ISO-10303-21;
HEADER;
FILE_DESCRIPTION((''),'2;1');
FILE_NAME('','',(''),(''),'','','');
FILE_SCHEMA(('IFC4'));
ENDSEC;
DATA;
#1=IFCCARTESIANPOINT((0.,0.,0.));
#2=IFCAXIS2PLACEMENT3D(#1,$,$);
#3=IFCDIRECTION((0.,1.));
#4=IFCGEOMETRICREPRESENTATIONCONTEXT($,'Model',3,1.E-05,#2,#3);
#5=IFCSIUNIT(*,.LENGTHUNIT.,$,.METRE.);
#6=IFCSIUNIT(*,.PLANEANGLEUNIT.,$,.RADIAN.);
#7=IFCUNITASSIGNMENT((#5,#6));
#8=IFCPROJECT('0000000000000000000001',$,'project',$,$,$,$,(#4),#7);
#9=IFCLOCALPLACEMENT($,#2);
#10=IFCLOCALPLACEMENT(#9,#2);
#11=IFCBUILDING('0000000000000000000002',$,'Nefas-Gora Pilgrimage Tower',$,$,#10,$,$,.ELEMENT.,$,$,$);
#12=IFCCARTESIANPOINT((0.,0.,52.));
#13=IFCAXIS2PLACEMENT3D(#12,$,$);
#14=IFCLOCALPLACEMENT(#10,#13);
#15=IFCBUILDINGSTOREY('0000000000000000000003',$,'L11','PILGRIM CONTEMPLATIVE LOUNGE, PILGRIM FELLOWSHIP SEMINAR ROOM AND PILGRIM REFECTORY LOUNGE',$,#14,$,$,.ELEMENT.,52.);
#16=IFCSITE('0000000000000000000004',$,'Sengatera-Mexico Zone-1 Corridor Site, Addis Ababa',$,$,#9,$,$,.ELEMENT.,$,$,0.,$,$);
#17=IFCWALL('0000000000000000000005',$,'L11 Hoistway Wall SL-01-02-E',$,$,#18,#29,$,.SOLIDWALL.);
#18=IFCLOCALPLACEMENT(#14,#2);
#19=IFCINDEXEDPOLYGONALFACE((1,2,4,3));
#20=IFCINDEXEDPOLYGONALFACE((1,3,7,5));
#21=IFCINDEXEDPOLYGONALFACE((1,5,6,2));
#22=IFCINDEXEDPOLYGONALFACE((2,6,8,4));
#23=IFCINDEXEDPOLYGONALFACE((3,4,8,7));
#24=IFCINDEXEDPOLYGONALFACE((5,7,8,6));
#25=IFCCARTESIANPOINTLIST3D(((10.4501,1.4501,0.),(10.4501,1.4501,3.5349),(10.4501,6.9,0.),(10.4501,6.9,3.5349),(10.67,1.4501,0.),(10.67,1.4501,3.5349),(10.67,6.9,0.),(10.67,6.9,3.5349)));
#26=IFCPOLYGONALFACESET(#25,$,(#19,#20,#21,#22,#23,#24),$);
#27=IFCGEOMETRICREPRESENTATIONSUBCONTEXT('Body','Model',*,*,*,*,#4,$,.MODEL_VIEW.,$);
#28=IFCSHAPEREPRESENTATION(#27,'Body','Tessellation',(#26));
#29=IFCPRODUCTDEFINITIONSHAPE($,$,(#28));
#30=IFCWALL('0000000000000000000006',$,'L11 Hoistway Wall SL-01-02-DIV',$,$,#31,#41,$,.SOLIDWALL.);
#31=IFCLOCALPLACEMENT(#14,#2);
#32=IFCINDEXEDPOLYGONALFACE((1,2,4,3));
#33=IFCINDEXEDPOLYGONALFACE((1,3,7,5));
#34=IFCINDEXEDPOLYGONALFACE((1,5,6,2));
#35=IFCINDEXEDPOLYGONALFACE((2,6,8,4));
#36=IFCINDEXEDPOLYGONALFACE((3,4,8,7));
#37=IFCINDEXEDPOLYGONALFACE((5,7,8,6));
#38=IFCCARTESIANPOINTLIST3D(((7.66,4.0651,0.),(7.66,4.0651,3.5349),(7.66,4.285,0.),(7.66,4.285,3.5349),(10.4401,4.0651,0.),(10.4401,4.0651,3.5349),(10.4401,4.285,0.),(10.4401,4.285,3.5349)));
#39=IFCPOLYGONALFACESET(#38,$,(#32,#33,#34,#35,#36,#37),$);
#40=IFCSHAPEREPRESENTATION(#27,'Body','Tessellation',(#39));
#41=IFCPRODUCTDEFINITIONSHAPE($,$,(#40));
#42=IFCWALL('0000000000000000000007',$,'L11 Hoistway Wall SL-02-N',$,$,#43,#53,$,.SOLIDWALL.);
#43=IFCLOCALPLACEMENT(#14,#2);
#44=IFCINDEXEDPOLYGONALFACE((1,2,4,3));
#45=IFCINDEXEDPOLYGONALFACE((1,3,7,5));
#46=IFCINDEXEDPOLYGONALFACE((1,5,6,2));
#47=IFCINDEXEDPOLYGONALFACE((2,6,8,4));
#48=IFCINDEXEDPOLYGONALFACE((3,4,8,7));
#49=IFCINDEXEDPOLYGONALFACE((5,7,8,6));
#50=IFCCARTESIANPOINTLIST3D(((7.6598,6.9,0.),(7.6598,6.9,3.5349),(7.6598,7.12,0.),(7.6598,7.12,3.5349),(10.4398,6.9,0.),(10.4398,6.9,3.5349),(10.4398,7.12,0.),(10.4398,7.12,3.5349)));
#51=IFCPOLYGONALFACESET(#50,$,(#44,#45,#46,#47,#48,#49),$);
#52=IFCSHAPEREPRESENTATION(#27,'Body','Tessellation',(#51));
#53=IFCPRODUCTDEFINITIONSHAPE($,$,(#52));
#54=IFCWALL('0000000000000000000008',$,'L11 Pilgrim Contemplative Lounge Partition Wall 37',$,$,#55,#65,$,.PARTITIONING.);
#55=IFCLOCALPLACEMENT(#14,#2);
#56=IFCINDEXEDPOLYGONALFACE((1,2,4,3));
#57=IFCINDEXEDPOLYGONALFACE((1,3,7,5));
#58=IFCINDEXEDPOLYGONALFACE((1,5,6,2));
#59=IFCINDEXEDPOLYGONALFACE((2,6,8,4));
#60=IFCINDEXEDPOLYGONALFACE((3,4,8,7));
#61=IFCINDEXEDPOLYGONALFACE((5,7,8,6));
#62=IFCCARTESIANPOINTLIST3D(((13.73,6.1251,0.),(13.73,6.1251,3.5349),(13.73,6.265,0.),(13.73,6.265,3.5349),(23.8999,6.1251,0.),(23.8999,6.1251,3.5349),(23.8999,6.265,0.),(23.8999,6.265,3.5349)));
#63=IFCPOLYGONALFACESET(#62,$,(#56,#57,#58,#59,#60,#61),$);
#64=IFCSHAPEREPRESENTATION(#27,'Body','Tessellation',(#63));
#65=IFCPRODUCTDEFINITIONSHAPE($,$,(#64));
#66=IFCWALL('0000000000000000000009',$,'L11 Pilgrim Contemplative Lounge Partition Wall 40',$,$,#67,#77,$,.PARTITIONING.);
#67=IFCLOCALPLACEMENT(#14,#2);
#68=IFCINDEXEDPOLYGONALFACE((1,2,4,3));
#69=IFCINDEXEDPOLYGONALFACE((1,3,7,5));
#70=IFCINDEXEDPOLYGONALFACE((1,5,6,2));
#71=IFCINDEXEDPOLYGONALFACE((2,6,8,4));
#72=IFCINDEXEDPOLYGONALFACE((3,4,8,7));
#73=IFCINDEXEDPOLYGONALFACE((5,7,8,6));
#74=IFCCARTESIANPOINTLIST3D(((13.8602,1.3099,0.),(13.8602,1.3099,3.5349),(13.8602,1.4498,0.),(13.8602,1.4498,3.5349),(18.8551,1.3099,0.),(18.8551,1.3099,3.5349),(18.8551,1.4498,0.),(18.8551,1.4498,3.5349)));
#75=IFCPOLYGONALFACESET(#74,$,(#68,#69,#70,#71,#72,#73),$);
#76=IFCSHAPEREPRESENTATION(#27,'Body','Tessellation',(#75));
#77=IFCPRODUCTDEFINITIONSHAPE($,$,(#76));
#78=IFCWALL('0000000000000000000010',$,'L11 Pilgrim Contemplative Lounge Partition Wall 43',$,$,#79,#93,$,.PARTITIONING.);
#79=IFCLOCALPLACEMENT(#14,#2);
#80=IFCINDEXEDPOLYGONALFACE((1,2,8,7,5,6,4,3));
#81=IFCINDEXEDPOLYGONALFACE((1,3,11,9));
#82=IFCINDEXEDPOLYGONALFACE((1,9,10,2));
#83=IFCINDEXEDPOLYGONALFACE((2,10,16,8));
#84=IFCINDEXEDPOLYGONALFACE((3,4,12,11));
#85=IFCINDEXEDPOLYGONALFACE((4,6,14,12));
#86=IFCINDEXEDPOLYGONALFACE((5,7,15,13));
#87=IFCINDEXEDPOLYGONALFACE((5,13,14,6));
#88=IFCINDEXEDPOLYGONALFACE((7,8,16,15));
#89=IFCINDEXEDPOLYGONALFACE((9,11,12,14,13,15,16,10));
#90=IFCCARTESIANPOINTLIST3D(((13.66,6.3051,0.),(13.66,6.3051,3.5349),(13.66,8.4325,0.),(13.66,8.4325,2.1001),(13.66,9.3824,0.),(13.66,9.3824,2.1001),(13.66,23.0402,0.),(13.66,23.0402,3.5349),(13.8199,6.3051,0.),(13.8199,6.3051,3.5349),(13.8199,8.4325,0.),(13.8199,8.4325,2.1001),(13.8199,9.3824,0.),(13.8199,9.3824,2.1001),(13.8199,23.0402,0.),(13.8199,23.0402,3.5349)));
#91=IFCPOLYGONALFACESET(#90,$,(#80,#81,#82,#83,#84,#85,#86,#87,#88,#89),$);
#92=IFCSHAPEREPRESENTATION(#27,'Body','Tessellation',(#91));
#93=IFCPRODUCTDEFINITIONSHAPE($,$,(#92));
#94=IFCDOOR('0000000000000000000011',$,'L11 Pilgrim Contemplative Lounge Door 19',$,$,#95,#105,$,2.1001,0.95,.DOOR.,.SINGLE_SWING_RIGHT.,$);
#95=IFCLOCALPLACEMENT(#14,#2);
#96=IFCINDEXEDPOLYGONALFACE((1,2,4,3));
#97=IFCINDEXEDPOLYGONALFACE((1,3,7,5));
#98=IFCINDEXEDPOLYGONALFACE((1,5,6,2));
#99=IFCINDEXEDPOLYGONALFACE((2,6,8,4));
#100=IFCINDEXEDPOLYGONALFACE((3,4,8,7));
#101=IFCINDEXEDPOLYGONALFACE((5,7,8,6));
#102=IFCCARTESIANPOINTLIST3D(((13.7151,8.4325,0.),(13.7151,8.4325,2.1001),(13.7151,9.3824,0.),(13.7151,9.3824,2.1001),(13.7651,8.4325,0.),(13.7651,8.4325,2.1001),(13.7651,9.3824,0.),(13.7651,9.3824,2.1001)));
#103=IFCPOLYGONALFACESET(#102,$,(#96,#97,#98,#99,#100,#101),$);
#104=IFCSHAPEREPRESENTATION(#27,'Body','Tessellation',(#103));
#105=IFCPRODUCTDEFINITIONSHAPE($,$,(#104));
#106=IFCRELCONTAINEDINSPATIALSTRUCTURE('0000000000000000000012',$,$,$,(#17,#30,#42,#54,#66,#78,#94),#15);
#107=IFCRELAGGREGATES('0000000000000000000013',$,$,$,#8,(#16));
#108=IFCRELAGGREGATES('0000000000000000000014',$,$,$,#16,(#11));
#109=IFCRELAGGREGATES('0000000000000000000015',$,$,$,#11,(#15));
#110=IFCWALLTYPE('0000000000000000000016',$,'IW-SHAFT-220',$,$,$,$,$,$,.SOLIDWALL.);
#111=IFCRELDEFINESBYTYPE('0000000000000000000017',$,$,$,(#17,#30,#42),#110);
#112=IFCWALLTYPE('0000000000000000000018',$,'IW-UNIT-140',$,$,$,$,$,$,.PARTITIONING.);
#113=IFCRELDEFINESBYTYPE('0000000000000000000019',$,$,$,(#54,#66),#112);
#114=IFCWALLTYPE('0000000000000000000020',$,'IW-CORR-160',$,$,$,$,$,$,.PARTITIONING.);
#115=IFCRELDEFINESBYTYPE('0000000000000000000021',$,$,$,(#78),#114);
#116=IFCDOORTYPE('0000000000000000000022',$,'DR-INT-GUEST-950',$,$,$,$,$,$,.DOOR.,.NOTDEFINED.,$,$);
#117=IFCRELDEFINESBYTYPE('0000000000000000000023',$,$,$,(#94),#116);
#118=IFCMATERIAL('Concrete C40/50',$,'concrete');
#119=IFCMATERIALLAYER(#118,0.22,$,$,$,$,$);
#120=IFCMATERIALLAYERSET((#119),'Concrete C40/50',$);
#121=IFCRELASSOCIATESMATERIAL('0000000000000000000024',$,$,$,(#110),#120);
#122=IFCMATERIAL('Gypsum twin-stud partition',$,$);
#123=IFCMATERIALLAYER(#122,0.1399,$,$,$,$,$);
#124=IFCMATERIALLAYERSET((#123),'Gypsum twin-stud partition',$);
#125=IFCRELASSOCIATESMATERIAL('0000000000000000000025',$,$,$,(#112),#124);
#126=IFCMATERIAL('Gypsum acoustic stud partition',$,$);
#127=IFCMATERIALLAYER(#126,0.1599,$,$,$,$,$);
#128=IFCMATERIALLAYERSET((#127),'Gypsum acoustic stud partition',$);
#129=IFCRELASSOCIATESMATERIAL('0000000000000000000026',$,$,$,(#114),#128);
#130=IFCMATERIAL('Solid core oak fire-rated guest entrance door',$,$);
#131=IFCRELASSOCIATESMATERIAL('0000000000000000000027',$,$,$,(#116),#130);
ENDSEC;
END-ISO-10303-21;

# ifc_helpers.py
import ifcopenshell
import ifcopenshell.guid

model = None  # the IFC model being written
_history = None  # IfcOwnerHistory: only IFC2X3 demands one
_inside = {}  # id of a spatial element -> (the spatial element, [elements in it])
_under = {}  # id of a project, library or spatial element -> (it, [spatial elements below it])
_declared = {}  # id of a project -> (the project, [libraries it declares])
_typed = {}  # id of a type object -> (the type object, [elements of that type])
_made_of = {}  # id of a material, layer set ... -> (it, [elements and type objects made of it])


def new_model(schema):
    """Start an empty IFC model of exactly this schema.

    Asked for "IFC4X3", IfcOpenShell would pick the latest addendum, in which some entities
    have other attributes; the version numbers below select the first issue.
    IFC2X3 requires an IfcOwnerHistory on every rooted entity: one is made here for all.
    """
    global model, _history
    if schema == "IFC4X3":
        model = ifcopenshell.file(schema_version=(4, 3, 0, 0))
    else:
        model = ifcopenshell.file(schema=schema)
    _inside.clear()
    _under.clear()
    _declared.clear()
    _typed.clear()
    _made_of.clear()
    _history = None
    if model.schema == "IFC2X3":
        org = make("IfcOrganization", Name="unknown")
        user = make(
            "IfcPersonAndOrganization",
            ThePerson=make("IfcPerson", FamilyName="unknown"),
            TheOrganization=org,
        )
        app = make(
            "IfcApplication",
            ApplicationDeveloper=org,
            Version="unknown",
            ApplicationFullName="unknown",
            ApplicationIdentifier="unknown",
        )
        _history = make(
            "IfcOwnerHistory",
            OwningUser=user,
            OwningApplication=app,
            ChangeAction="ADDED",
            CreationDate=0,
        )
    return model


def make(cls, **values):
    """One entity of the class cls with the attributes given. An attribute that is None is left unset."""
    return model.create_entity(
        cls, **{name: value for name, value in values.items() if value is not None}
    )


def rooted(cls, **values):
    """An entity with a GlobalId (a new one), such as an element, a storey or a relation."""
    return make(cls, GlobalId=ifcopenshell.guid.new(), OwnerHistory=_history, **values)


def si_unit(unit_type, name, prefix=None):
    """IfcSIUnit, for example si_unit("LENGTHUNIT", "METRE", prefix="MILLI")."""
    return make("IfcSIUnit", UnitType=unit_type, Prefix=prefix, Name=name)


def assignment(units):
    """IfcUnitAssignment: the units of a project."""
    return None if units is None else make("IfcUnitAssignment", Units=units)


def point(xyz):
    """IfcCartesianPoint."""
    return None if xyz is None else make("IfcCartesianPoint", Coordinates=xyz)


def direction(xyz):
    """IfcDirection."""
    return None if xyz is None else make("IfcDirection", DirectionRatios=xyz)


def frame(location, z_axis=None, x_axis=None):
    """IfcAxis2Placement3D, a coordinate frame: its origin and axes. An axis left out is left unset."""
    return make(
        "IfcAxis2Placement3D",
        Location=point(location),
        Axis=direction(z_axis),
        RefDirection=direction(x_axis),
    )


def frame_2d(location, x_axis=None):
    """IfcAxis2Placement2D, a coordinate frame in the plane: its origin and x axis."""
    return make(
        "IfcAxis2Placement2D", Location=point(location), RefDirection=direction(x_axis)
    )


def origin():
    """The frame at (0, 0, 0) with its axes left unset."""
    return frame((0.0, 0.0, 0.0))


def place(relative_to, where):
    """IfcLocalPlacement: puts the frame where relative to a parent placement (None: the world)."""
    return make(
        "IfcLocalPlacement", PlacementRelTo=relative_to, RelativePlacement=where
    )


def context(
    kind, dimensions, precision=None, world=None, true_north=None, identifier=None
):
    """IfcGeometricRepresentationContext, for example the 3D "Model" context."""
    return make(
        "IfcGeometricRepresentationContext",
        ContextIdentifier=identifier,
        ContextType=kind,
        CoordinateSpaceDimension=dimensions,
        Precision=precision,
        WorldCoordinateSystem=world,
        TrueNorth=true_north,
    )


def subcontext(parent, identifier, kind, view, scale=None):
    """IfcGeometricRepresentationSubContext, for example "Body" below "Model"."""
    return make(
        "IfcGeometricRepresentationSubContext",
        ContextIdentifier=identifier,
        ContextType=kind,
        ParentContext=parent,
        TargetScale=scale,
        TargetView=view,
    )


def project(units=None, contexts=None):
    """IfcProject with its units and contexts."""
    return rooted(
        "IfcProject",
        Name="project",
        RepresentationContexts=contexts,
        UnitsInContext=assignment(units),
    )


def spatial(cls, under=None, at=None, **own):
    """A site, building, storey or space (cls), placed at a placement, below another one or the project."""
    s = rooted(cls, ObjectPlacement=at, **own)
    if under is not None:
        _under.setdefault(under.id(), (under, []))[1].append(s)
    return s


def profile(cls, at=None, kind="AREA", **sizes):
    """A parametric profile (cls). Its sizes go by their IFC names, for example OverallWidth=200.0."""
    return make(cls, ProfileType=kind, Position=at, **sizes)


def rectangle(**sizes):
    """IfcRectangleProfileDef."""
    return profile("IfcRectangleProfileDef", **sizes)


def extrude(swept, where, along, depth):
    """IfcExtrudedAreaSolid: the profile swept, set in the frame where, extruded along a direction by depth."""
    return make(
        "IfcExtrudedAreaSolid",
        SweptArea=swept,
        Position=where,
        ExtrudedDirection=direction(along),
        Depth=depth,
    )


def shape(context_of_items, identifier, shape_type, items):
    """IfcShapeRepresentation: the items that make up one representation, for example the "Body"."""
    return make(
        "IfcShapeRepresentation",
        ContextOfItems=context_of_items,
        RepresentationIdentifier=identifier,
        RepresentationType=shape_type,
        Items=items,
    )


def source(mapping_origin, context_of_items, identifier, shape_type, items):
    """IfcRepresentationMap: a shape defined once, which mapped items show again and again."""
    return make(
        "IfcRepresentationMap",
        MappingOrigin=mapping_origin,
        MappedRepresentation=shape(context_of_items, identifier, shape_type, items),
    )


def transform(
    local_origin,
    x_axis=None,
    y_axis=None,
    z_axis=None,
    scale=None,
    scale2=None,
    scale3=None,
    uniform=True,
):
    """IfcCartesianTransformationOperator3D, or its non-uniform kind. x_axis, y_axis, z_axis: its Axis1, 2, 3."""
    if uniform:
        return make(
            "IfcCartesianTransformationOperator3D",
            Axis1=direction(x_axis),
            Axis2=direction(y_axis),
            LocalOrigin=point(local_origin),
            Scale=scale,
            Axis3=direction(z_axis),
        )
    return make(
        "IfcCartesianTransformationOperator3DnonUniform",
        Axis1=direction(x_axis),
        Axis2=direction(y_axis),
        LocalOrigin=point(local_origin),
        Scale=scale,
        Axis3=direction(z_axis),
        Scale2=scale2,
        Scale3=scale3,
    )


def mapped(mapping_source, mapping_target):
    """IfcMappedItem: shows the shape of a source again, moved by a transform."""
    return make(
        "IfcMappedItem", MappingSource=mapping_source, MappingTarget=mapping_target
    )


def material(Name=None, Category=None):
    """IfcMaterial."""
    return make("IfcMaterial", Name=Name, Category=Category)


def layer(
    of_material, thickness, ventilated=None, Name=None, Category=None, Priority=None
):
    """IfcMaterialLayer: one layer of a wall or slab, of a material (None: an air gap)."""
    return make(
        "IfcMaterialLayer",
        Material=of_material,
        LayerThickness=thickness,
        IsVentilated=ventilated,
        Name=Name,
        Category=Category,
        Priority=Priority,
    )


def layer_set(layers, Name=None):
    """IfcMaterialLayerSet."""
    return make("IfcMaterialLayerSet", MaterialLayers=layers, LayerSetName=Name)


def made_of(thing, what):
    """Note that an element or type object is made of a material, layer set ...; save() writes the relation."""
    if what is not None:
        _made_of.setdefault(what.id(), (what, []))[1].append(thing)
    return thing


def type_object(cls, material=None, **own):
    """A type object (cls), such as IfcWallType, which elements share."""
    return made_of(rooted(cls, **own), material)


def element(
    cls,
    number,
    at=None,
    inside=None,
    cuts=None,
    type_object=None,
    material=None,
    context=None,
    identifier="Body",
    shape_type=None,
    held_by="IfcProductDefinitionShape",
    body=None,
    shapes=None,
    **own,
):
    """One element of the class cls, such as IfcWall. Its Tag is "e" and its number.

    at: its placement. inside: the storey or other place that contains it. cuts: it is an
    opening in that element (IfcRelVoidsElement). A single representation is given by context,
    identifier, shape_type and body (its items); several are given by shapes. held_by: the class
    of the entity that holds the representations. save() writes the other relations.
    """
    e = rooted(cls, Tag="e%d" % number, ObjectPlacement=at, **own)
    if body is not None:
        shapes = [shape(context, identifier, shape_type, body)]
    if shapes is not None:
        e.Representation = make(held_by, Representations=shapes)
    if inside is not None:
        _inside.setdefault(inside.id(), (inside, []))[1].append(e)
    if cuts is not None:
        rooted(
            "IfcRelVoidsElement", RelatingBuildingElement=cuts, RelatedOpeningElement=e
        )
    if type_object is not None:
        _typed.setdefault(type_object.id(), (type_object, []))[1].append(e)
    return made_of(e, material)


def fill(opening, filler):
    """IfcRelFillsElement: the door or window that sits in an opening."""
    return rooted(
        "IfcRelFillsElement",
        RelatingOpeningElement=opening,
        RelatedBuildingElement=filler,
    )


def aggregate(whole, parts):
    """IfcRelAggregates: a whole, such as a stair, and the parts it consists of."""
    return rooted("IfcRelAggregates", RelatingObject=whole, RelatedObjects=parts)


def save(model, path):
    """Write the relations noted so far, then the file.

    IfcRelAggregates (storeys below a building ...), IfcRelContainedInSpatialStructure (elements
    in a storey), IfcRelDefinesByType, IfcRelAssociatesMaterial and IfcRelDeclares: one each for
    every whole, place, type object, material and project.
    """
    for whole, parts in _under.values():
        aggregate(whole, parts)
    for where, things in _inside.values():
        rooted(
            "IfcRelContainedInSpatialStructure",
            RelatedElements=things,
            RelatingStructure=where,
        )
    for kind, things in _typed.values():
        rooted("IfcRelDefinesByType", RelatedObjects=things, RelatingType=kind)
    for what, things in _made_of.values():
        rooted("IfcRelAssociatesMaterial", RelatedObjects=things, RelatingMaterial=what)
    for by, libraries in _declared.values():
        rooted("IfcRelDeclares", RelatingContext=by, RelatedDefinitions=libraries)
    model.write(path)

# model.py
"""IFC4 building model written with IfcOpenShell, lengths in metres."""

from ifc_helpers import new_model, si_unit, direction, frame, frame_2d, origin, place, context, subcontext, project, spatial, rectangle, extrude, source, transform, mapped, material, layer, layer_set, type_object, element, fill, save


model = new_model("IFC4")

# Units and contexts
model_context = context("Model", 3, precision=1e-05, world=origin(), true_north=direction((0.0, 1.0)))
body_context = subcontext(model_context, "Body", "Model", "MODEL_VIEW")
ifc_project = project(units=[si_unit("LENGTHUNIT", "METRE"), si_unit("PLANEANGLEUNIT", "RADIAN")], contexts=[model_context])

# Site, building, storey
site_placement = place(None, origin())
site = spatial("IfcSite", under=ifc_project, at=site_placement, Name="Sengatera-Mexico Zone-1 Corridor Site, Addis Ababa", CompositionType="ELEMENT", RefElevation=0.0)
building_placement = place(site_placement, origin())
building = spatial("IfcBuilding", under=site, at=building_placement, Name="Nefas-Gora Pilgrimage Tower", CompositionType="ELEMENT")
storey_placement = place(building_placement, frame((0.0, 0.0, 52.0)))
storey = spatial("IfcBuildingStorey", under=building, at=storey_placement, Name="L11", Description="PILGRIM CONTEMPLATIVE LOUNGE, PILGRIM FELLOWSHIP SEMINAR ROOM AND PILGRIM REFECTORY LOUNGE", CompositionType="ELEMENT", Elevation=52.0)

# Shared definitions
ifc_material_1 = material(Name="Concrete C40/50", Category="concrete")
ifc_layer_1 = layer(ifc_material_1, 0.22)
ifc_layer_set_1 = layer_set([ifc_layer_1], Name="Concrete C40/50")
wall_type_1 = type_object("IfcWallType", Name="IW-SHAFT-220", PredefinedType="SOLIDWALL", material=ifc_layer_set_1)
shared_shape_1 = source(origin(), body_context, "Body", "SweptSolid", [
    extrude(rectangle(XDim=5.45, YDim=0.22, at=frame_2d((2.7251, 0.0))), origin(), (0.0, 0.0, 1.0), 3.5349),
])

# Walls
wall_1_placement = place(storey_placement, frame((10.5601, 1.45, 0.0), z_axis=(0.0, 0.0, 1.0), x_axis=(0.0, 1.0, 0.0)))
element("IfcWall", 1, at=wall_1_placement, inside=storey, type_object=wall_type_1, Name="L11 Hoistway Wall SL-01-02-E", PredefinedType="SOLIDWALL", context=body_context, shape_type="MappedRepresentation", body=[
    mapped(shared_shape_1, transform((0.0, 0.0, 0.0), x_axis=(1.0, 0.0, 0.0), y_axis=(0.0, 1.0, 0.0), z_axis=(0.0, 0.0, 1.0), scale=1.0)),
])
shared_shape_2 = source(origin(), body_context, "Body", "SweptSolid", [
    extrude(rectangle(XDim=2.78, YDim=0.22, at=frame_2d((1.3901, 0.0))), origin(), (0.0, 0.0, 1.0), 3.5349),
])
for number, where, z_axis, x_axis, name in (
    (2, (7.6599, 4.175, 0.0), (0.0, 0.0, 1.0), (1.0, 0.0, 0.0), "L11 Hoistway Wall SL-01-02-DIV"),
    (3, (10.4399, 7.01, 0.0), (0.0, 0.0, 1.0), (-1.0, 0.0, 0.0), "L11 Hoistway Wall SL-02-N"),
):
    element("IfcWall", number, at=place(storey_placement, frame(where, z_axis=z_axis, x_axis=x_axis)), inside=storey, type_object=wall_type_1, Name=name, PredefinedType="SOLIDWALL", context=body_context, shape_type="MappedRepresentation", body=[
        mapped(shared_shape_2, transform((0.0, 0.0, 0.0), x_axis=(1.0, 0.0, 0.0), y_axis=(0.0, 1.0, 0.0), z_axis=(0.0, 0.0, 1.0), scale=1.0)),
    ])
ifc_material_2 = material(Name="Gypsum twin-stud partition")
ifc_layer_2 = layer(ifc_material_2, 0.1399)
ifc_layer_set_2 = layer_set([ifc_layer_2], Name="Gypsum twin-stud partition")
wall_type_2 = type_object("IfcWallType", Name="IW-UNIT-140", PredefinedType="PARTITIONING", material=ifc_layer_set_2)
shared_shape_3 = source(origin(), body_context, "Body", "SweptSolid", [
    extrude(rectangle(XDim=10.1699, YDim=0.1399, at=frame_2d((5.085, 0.0))), origin(), (0.0, 0.0, 1.0), 3.5349),
])
wall_2_placement = place(storey_placement, frame((13.73, 6.1951, 0.0), z_axis=(0.0, 0.0, 1.0), x_axis=(1.0, 0.0, 0.0)))
element("IfcWall", 4, at=wall_2_placement, inside=storey, type_object=wall_type_2, Name="L11 Pilgrim Contemplative Lounge Partition Wall 37", PredefinedType="PARTITIONING", context=body_context, shape_type="MappedRepresentation", body=[
    mapped(shared_shape_3, transform((0.0, 0.0, 0.0), x_axis=(1.0, 0.0, 0.0), y_axis=(0.0, 1.0, 0.0), z_axis=(0.0, 0.0, 1.0), scale=1.0)),
])
shared_shape_4 = source(origin(), body_context, "Body", "SweptSolid", [
    extrude(rectangle(XDim=4.9949, YDim=0.1399, at=frame_2d((2.4976, 0.0))), origin(), (0.0, 0.0, 1.0), 3.5349),
])
wall_3_placement = place(storey_placement, frame((13.8601, 1.3799, 0.0), z_axis=(0.0, 0.0, 1.0), x_axis=(1.0, 0.0, 0.0)))
element("IfcWall", 5, at=wall_3_placement, inside=storey, type_object=wall_type_2, Name="L11 Pilgrim Contemplative Lounge Partition Wall 40", PredefinedType="PARTITIONING", context=body_context, shape_type="MappedRepresentation", body=[
    mapped(shared_shape_4, transform((0.0, 0.0, 0.0), x_axis=(1.0, 0.0, 0.0), y_axis=(0.0, 1.0, 0.0), z_axis=(0.0, 0.0, 1.0), scale=1.0)),
])

# Wall, opening, door
ifc_material_3 = material(Name="Gypsum acoustic stud partition")
ifc_layer_3 = layer(ifc_material_3, 0.1599)
ifc_layer_set_3 = layer_set([ifc_layer_3], Name="Gypsum acoustic stud partition")
wall_type_3 = type_object("IfcWallType", Name="IW-CORR-160", PredefinedType="PARTITIONING", material=ifc_layer_set_3)
shared_shape_5 = source(origin(), body_context, "Body", "SweptSolid", [
    extrude(rectangle(XDim=16.7351, YDim=0.1599, at=frame_2d((8.3677, 0.0))), origin(), (0.0, 0.0, 1.0), 3.5349),
])
wall_4_placement = place(storey_placement, frame((13.74, 6.3049, 0.0), z_axis=(0.0, 0.0, 1.0), x_axis=(0.0, 1.0, 0.0)))
wall_4 = element("IfcWall", 6, at=wall_4_placement, inside=storey, type_object=wall_type_3, Name="L11 Pilgrim Contemplative Lounge Partition Wall 43", PredefinedType="PARTITIONING", context=body_context, shape_type="MappedRepresentation", body=[
    mapped(shared_shape_5, transform((0.0, 0.0, 0.0), x_axis=(1.0, 0.0, 0.0), y_axis=(0.0, 1.0, 0.0), z_axis=(0.0, 0.0, 1.0), scale=1.0)),
])
opening_1_placement = place(wall_4_placement, frame((2.1274, 0.0, 0.0)))
opening_1 = element("IfcOpeningElement", 7, at=opening_1_placement, cuts=wall_4, PredefinedType="OPENING", context=body_context, shape_type="SweptSolid", body=[
    extrude(rectangle(XDim=0.95, YDim=2.1001, at=frame_2d((0.4751, 1.05))), frame((0.0, 0.0898, 0.0), z_axis=(0.0, -1.0, 0.0), x_axis=(1.0, 0.0, 0.0)), (0.0, 0.0, 1.0), 0.1799),
])
ifc_material_4 = material(Name="Solid core oak fire-rated guest entrance door")
door_type_1 = type_object("IfcDoorType", Name="DR-INT-GUEST-950", OperationType="NOTDEFINED", PredefinedType="DOOR", material=ifc_material_4)
shared_shape_6 = source(origin(), body_context, "Body", "SweptSolid", [
    extrude(rectangle(XDim=0.95, YDim=2.1001, at=frame_2d((0.4751, 1.05))), frame((0.0, 0.0249, 0.0), z_axis=(0.0, -1.0, 0.0), x_axis=(1.0, 0.0, 0.0)), (0.0, 0.0, 1.0), 0.05),
])
door_1_placement = place(opening_1_placement, origin())
door_1 = element("IfcDoor", 8, at=door_1_placement, inside=storey, type_object=door_type_1, Name="L11 Pilgrim Contemplative Lounge Door 19", OperationType="SINGLE_SWING_RIGHT", OverallHeight=2.1001, OverallWidth=0.95, PredefinedType="DOOR", context=body_context, shape_type="MappedRepresentation", body=[
    mapped(shared_shape_6, transform((0.0, 0.0, 0.0), x_axis=(1.0, 0.0, 0.0), y_axis=(0.0, 1.0, 0.0), z_axis=(0.0, 0.0, 1.0), scale=1.0)),
])
fill(opening_1, door_1)

save(model, "model.ifc")
